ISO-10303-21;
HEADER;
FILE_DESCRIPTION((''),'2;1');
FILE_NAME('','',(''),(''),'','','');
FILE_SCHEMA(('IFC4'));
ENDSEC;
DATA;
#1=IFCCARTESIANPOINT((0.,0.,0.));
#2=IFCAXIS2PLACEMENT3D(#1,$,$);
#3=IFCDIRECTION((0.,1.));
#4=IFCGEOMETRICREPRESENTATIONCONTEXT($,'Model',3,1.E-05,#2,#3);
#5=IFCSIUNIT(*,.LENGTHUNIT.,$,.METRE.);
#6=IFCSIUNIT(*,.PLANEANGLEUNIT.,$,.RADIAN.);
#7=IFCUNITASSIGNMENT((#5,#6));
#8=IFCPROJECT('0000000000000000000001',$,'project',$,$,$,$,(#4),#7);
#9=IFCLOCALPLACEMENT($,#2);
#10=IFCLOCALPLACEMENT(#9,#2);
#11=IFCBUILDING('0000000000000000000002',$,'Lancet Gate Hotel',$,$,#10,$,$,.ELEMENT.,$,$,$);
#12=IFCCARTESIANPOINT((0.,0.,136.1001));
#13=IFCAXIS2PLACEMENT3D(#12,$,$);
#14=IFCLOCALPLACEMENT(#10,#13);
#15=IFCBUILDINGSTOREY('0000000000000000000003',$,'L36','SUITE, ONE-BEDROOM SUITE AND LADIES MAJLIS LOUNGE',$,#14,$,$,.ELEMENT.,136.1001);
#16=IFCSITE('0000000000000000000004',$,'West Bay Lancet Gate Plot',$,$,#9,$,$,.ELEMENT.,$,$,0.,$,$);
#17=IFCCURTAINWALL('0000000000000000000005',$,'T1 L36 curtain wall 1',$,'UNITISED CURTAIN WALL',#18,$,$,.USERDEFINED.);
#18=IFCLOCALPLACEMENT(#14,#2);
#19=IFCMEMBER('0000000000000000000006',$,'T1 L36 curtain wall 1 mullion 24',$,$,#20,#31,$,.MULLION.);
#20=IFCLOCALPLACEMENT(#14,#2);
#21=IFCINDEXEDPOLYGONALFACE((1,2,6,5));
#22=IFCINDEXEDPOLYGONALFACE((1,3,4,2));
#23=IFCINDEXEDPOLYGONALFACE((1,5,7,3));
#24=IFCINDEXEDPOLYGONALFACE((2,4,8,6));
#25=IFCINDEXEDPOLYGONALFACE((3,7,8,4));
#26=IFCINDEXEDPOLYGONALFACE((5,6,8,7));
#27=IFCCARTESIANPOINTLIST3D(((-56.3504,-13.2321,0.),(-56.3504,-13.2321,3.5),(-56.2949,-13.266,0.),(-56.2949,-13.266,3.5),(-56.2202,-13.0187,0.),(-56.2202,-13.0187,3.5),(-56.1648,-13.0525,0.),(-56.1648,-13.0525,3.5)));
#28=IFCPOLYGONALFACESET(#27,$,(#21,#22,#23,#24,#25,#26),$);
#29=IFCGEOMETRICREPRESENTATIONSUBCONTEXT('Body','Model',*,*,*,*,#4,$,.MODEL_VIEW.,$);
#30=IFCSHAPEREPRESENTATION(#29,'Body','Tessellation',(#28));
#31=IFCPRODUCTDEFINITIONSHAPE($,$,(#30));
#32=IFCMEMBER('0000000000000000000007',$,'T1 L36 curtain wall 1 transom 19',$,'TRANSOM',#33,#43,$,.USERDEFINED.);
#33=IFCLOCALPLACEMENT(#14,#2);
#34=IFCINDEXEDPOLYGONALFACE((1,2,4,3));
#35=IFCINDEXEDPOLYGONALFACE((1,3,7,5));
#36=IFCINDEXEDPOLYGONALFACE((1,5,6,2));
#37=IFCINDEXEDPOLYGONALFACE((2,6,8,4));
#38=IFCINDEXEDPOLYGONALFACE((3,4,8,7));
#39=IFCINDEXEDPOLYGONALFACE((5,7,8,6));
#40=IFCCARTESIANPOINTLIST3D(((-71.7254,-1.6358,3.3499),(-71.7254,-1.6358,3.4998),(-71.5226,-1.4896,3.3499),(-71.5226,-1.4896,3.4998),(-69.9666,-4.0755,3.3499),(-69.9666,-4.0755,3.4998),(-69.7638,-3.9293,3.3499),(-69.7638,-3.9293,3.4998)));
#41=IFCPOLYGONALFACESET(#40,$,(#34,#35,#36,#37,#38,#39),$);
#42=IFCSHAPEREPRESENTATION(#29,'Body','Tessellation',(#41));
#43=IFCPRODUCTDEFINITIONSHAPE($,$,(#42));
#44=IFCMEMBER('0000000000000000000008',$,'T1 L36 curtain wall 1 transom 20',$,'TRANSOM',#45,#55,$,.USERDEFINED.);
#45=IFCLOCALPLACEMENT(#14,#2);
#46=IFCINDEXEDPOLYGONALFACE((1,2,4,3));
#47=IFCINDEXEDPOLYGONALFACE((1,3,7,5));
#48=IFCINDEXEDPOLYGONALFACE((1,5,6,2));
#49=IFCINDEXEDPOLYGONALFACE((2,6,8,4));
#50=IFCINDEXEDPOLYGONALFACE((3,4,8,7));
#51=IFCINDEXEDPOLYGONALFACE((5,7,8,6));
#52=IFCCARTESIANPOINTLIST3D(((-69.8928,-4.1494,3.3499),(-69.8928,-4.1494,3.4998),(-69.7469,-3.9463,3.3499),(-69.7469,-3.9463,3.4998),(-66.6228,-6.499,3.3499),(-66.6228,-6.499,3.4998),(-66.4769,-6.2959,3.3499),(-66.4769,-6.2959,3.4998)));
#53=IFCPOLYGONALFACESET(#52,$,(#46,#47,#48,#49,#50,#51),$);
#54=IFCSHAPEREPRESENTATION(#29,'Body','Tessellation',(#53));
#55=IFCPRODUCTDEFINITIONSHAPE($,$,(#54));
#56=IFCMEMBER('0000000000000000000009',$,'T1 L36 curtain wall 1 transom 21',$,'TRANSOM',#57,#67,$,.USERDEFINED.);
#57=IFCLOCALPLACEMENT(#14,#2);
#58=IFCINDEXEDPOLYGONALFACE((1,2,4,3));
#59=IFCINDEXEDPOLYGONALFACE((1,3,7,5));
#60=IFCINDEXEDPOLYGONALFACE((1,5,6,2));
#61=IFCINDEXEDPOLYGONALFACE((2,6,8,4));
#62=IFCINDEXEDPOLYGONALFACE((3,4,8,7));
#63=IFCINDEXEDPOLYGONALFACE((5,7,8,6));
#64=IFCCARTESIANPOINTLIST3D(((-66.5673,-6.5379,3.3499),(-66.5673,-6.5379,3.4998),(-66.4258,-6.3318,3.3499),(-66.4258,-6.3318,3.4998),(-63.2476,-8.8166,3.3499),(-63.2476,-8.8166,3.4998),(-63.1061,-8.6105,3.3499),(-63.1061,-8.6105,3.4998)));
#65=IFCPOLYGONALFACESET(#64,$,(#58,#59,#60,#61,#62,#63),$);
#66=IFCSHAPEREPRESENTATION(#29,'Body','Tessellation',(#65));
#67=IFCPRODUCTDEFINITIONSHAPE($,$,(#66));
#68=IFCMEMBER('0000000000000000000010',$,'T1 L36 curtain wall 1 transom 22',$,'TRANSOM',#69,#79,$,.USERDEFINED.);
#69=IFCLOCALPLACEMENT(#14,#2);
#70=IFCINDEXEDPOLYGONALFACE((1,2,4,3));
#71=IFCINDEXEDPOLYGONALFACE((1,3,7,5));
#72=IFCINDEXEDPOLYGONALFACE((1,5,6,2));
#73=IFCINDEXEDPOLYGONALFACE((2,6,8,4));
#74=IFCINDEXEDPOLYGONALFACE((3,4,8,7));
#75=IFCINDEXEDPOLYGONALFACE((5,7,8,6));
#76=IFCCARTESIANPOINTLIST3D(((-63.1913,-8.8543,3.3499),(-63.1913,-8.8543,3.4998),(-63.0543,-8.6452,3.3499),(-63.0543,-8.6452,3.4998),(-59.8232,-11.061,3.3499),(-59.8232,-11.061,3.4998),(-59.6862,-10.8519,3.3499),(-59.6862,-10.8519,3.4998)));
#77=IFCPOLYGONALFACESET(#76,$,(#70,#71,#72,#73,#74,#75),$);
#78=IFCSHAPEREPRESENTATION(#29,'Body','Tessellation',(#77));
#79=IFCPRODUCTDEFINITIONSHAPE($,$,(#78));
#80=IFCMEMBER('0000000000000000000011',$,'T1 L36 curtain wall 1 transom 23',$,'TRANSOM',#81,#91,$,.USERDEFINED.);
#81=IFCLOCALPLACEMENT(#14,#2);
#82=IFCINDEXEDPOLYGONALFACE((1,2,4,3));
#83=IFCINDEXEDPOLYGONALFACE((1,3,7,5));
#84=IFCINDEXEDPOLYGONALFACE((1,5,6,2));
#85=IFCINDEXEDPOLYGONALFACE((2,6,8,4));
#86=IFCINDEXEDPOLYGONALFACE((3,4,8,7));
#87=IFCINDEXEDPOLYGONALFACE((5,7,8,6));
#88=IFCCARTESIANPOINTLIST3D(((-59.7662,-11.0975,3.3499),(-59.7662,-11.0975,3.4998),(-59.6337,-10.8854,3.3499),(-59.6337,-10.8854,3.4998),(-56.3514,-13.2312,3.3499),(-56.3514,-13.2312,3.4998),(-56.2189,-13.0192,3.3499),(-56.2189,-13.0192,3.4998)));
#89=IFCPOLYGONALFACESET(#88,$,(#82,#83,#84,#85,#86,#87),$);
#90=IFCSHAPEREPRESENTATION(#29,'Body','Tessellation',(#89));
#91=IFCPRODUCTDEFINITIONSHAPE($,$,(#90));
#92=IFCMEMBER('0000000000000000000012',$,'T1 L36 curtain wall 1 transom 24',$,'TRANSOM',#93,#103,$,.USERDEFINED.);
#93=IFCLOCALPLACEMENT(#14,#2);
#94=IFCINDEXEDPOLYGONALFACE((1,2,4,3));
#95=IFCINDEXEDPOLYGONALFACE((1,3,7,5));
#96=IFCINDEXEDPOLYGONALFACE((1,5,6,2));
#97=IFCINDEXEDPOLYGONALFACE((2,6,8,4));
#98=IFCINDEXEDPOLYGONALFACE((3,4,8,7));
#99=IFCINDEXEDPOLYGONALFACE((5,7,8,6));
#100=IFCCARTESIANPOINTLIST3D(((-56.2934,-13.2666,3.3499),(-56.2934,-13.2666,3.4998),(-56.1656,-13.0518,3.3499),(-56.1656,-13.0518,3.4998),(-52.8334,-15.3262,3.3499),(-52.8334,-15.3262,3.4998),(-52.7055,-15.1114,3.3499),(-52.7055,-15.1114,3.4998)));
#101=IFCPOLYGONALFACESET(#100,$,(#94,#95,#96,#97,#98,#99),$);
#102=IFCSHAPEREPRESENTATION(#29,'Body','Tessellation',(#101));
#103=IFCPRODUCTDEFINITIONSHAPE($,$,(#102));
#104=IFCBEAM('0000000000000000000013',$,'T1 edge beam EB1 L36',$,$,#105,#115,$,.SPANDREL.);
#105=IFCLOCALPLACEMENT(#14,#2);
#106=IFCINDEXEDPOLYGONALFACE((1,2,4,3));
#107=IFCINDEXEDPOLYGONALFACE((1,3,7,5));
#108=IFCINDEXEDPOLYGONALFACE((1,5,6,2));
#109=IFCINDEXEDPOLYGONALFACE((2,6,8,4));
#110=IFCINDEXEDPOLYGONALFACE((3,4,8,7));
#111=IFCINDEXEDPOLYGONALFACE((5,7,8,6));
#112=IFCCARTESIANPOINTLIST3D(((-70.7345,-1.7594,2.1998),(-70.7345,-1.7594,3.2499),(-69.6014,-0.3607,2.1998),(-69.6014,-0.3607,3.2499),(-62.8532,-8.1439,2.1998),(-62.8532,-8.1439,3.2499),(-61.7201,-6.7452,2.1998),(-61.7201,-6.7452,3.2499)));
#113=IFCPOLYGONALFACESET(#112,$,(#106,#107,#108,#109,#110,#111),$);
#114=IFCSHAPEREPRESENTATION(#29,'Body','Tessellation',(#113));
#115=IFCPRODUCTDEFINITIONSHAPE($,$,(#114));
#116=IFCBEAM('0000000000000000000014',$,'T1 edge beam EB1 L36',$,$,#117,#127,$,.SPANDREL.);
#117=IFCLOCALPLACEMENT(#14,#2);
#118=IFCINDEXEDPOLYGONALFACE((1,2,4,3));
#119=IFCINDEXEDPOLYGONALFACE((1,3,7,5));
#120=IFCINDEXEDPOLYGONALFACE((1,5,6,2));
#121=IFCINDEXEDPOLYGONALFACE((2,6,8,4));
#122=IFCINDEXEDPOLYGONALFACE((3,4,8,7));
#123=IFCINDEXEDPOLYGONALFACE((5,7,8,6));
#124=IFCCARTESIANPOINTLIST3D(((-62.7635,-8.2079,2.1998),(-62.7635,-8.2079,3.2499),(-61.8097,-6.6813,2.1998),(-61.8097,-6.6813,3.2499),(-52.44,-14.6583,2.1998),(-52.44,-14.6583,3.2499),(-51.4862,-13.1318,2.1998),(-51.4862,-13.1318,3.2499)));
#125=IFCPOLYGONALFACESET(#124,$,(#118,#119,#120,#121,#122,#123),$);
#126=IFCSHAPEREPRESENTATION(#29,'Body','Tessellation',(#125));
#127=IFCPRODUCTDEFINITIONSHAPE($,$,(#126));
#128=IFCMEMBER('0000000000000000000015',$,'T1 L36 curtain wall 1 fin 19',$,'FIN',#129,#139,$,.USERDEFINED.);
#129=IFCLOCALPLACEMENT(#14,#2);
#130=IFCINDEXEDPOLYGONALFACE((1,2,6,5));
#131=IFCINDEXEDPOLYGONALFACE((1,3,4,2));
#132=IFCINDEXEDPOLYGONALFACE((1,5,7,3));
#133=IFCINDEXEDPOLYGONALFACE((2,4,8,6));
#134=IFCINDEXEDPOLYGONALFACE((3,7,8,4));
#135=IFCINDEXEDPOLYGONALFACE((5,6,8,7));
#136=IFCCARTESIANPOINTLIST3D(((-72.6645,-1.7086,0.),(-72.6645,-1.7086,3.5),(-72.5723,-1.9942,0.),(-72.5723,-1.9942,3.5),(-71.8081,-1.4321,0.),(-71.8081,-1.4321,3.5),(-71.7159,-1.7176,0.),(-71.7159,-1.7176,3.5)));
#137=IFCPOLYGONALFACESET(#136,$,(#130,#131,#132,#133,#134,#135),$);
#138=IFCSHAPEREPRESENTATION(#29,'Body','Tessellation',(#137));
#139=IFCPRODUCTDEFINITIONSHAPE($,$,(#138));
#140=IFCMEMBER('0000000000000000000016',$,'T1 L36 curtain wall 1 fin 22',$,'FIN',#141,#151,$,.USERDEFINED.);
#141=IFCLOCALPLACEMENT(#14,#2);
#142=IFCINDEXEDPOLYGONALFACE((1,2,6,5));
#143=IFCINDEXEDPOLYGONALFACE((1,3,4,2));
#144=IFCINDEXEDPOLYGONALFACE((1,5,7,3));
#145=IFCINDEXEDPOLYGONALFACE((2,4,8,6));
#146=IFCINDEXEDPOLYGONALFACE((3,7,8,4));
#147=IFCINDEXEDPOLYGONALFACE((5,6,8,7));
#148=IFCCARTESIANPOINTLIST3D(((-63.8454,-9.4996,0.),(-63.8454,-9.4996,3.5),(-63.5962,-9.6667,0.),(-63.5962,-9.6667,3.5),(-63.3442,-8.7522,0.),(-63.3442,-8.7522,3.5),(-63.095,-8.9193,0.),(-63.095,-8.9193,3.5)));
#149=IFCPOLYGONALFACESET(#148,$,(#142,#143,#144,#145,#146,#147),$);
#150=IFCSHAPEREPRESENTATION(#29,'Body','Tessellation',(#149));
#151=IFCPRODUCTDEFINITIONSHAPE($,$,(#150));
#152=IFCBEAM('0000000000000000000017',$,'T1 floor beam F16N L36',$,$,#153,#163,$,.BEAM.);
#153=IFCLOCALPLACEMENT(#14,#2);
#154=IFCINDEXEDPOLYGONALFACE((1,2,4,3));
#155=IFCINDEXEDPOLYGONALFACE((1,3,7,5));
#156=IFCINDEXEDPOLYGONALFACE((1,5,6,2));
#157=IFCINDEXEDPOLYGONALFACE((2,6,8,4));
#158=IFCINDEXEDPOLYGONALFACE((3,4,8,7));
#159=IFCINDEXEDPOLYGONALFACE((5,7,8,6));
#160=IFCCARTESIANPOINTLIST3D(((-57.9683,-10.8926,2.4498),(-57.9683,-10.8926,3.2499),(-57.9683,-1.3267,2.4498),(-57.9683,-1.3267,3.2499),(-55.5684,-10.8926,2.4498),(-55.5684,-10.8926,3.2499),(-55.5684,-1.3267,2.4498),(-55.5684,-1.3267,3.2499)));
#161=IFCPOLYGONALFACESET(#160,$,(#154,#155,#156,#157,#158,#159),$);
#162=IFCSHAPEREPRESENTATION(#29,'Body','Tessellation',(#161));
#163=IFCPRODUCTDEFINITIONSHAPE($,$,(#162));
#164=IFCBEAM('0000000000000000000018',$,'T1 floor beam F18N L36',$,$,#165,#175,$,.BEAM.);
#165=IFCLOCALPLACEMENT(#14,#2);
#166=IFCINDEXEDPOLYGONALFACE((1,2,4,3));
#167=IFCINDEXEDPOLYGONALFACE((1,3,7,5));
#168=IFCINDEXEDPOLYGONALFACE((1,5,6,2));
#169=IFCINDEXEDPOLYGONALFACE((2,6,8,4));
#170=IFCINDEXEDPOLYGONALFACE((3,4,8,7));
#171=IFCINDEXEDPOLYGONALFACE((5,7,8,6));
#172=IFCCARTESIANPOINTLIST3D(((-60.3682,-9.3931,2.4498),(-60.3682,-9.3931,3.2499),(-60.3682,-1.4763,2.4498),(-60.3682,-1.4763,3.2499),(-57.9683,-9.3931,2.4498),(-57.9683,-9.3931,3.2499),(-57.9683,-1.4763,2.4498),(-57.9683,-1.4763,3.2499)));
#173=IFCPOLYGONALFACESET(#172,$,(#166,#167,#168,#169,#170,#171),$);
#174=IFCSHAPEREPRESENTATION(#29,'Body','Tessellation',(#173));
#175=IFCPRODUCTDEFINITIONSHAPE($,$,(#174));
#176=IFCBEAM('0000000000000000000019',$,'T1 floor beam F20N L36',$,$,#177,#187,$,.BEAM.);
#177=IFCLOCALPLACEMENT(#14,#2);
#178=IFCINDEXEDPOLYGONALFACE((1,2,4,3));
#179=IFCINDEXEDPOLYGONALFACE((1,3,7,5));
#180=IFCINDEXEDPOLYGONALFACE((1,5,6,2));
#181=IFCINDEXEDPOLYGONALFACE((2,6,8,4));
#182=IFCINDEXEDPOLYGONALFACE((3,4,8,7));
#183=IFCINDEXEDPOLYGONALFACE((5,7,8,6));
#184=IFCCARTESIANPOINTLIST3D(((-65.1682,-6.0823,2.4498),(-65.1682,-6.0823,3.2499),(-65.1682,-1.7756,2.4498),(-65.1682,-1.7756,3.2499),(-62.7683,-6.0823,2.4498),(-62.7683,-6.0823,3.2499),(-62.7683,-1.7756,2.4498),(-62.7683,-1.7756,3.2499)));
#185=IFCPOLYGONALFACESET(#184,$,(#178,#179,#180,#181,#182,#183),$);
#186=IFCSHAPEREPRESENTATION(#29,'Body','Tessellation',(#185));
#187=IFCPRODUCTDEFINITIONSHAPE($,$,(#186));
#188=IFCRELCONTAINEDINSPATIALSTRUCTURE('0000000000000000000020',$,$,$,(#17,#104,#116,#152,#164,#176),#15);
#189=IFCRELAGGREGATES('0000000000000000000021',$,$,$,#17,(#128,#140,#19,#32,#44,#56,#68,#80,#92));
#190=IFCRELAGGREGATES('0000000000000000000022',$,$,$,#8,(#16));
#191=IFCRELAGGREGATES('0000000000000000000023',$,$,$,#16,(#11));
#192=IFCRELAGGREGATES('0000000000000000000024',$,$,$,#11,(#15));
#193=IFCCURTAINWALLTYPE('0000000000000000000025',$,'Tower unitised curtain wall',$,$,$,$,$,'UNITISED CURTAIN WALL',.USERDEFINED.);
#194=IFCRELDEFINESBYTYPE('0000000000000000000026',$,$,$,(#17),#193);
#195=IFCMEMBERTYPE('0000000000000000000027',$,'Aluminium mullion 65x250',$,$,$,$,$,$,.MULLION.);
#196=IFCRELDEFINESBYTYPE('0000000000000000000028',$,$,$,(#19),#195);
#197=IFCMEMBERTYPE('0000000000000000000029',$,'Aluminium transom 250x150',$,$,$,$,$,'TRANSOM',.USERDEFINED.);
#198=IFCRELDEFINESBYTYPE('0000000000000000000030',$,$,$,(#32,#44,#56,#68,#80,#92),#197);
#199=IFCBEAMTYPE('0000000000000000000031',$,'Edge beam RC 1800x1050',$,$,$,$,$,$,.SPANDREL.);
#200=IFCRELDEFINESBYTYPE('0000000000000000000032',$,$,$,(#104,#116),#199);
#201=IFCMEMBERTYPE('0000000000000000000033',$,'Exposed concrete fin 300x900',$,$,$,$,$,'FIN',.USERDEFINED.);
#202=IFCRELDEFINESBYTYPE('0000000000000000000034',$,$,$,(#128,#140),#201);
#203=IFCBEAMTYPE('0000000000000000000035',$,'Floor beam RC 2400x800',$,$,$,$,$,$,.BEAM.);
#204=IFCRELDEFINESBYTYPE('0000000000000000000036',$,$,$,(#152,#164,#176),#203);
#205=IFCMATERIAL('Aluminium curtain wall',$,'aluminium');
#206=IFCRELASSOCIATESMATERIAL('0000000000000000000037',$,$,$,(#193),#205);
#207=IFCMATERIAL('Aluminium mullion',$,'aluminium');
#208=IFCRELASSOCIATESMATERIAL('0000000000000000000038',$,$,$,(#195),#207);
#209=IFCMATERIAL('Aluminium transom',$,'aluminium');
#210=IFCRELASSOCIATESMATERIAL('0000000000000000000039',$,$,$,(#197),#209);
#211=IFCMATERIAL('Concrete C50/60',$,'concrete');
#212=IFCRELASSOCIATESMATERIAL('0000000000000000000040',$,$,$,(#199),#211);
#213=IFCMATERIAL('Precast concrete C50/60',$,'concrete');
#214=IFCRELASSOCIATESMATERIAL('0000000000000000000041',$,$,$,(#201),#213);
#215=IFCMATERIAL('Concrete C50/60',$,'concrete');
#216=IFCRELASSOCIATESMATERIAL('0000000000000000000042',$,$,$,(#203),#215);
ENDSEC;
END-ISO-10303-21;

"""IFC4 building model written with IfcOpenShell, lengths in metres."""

from ifc_helpers import new_model, si_unit, direction, frame, origin, origin_2d, place, context, subcontext, project, spatial, rectangle, extrude, material, material_profile, profile_set, type_object, element, aggregate, save


model = new_model("IFC4")

# Units and contexts
model_context = context("Model", 3, precision=1e-05, world=origin(), true_north=direction((0.0, 1.0)))
body_context = subcontext(model_context, "Body", "Model", "MODEL_VIEW")
ifc_project = project(units=[si_unit("LENGTHUNIT", "METRE"), si_unit("PLANEANGLEUNIT", "RADIAN")], contexts=[model_context])

# Site, building, storey
site_placement = place(None, origin())
site = spatial("IfcSite", under=ifc_project, at=site_placement, Name="West Bay Lancet Gate Plot", CompositionType="ELEMENT", RefElevation=0.0)
building_placement = place(site_placement, origin())
building = spatial("IfcBuilding", under=site, at=building_placement, Name="Lancet Gate Hotel", CompositionType="ELEMENT")
storey_placement = place(building_placement, frame((0.0, 0.0, 136.1001)))
storey = spatial("IfcBuildingStorey", under=building, at=storey_placement, Name="L36", Description="SUITE, ONE-BEDROOM SUITE AND LADIES MAJLIS LOUNGE", CompositionType="ELEMENT", Elevation=136.1001)

# Curtain wall, members
ifc_material_1 = material(Name="Aluminium curtain wall", Category="aluminium")
curtain_wall_type = type_object("IfcCurtainWallType", Name="Tower unitised curtain wall", ElementType="UNITISED CURTAIN WALL", PredefinedType="USERDEFINED", material=ifc_material_1)
curtain_wall_placement = place(storey_placement, origin())
curtain_wall = element("IfcCurtainWall", 1, at=curtain_wall_placement, inside=storey, type_object=curtain_wall_type, Name="T1 L36 curtain wall 1", ObjectType="UNITISED CURTAIN WALL", PredefinedType="USERDEFINED")
ifc_material_2 = material(Name="Aluminium mullion", Category="aluminium")
ifc_material_profile_1 = material_profile(ifc_material_2, rectangle(XDim=0.0649, YDim=0.25, at=origin_2d()), Name="MULLION 65x250")
ifc_profile_set_1 = profile_set([ifc_material_profile_1], Name="Aluminium mullion")
member_type_1 = type_object("IfcMemberType", Name="Aluminium mullion 65x250", PredefinedType="MULLION", material=ifc_profile_set_1)
member_1_placement = place(storey_placement, frame((-56.2576, -13.1423, 0.0), z_axis=(0.0, 0.0, 1.0), x_axis=(0.853716, -0.520739, 0.0)))
member_1 = element("IfcMember", 2, at=member_1_placement, type_object=member_type_1, Name="T1 L36 curtain wall 1 mullion 24", PredefinedType="MULLION", context=body_context, shape_type="SweptSolid", body=[
    extrude(rectangle(XDim=0.0649, YDim=0.25, at=origin_2d()), origin(), (0.0, 0.0, 1.0), 3.5),
])
ifc_material_3 = material(Name="Aluminium transom", Category="aluminium")
ifc_material_profile_2 = material_profile(ifc_material_3, rectangle(XDim=0.25, YDim=0.1499, at=origin_2d()), Name="TRANSOM 250x150")
ifc_profile_set_2 = profile_set([ifc_material_profile_2], Name="Aluminium transom")
member_type_2 = type_object("IfcMemberType", Name="Aluminium transom 250x150", ElementType="TRANSOM", PredefinedType="USERDEFINED", material=ifc_profile_set_2)
member_2_placement = place(storey_placement, frame((-71.624, -1.5627, 3.4248), z_axis=(0.584788, -0.811186, 0.0), x_axis=(0.811186, 0.584788, 0.0)))
member_2 = element("IfcMember", 3, at=member_2_placement, type_object=member_type_2, Name="T1 L36 curtain wall 1 transom 19", ObjectType="TRANSOM", PredefinedType="USERDEFINED", context=body_context, shape_type="SweptSolid", body=[
    extrude(rectangle(XDim=0.25, YDim=0.1499, at=origin_2d()), origin(), (0.0, 0.0, 1.0), 3.0076),
])
member_3_placement = place(storey_placement, frame((-69.8198, -4.0479, 3.4248), z_axis=(0.8121, -0.583519, 0.0), x_axis=(0.583519, 0.8121, 0.0)))
member_3 = element("IfcMember", 4, at=member_3_placement, type_object=member_type_2, Name="T1 L36 curtain wall 1 transom 20", ObjectType="TRANSOM", PredefinedType="USERDEFINED", context=body_context, shape_type="SweptSolid", body=[
    extrude(rectangle(XDim=0.25, YDim=0.1499, at=origin_2d()), origin(), (0.0, 0.0, 1.0), 4.0266),
])
member_4_placement = place(storey_placement, frame((-66.4966, -6.4348, 3.4248), z_axis=(0.824456, -0.565927, 0.0), x_axis=(0.565927, 0.824456, 0.0)))
member_4 = element("IfcMember", 5, at=member_4_placement, type_object=member_type_2, Name="T1 L36 curtain wall 1 transom 21", ObjectType="TRANSOM", PredefinedType="USERDEFINED", context=body_context, shape_type="SweptSolid", body=[
    extrude(rectangle(XDim=0.25, YDim=0.1499, at=origin_2d()), origin(), (0.0, 0.0, 1.0), 4.0266),
])
member_5_placement = place(storey_placement, frame((-63.1228, -8.7498, 3.4248), z_axis=(0.836454, -0.548036, 0.0), x_axis=(0.548036, 0.836454, 0.0)))
member_5 = element("IfcMember", 6, at=member_5_placement, type_object=member_type_2, Name="T1 L36 curtain wall 1 transom 22", ObjectType="TRANSOM", PredefinedType="USERDEFINED", context=body_context, shape_type="SweptSolid", body=[
    extrude(rectangle(XDim=0.25, YDim=0.1499, at=origin_2d()), origin(), (0.0, 0.0, 1.0), 4.0266),
])
member_6_placement = place(storey_placement, frame((-59.7, -10.9915, 3.4248), z_axis=(0.848049, -0.529917, 0.0), x_axis=(0.529917, 0.848049, 0.0)))
member_6 = element("IfcMember", 7, at=member_6_placement, type_object=member_type_2, Name="T1 L36 curtain wall 1 transom 23", ObjectType="TRANSOM", PredefinedType="USERDEFINED", context=body_context, shape_type="SweptSolid", body=[
    extrude(rectangle(XDim=0.25, YDim=0.1499, at=origin_2d()), origin(), (0.0, 0.0, 1.0), 4.0266),
])
member_7_placement = place(storey_placement, frame((-56.2295, -13.1592, 3.4248), z_axis=(0.859285, -0.511497, 0.0), x_axis=(0.511497, 0.859285, 0.0)))
member_7 = element("IfcMember", 8, at=member_7_placement, type_object=member_type_2, Name="T1 L36 curtain wall 1 transom 24", ObjectType="TRANSOM", PredefinedType="USERDEFINED", context=body_context, shape_type="SweptSolid", body=[
    extrude(rectangle(XDim=0.25, YDim=0.1499, at=origin_2d()), origin(), (0.0, 0.0, 1.0), 4.0266),
])

# Beams
ifc_material_4 = material(Name="Concrete C50/60", Category="concrete")
ifc_material_profile_3 = material_profile(ifc_material_4, rectangle(XDim=1.8, YDim=1.05, at=origin_2d()), Name="RC 1800x1050")
ifc_profile_set_3 = profile_set([ifc_material_profile_3], Name="Concrete C50/60")
beam_type_1 = type_object("IfcBeamType", Name="Edge beam RC 1800x1050", PredefinedType="SPANDREL", material=ifc_profile_set_3)
beam_1_placement = place(storey_placement, frame((-70.168, -1.0601, 2.7249), z_axis=(0.777034, -0.629459, 0.0), x_axis=(0.629459, 0.777034, 0.0)))
element("IfcBeam", 9, at=beam_1_placement, inside=storey, type_object=beam_type_1, Name="T1 edge beam EB1 L36", PredefinedType="SPANDREL", context=body_context, shape_type="SweptSolid", body=[
    extrude(rectangle(XDim=1.8, YDim=1.05, at=origin_2d()), origin(), (0.0, 0.0, 1.0), 10.1428),
])
beam_2_placement = place(storey_placement, frame((-62.2866, -7.4446, 2.7249), z_axis=(0.848063, -0.529896, 0.0), x_axis=(0.529896, 0.848063, 0.0)))
element("IfcBeam", 10, at=beam_2_placement, inside=storey, type_object=beam_type_1, Name="T1 edge beam EB1 L36", PredefinedType="SPANDREL", context=body_context, shape_type="SweptSolid", body=[
    extrude(rectangle(XDim=1.8, YDim=1.05, at=origin_2d()), origin(), (0.0, 0.0, 1.0), 12.1731),
])

# Members
ifc_material_5 = material(Name="Precast concrete C50/60", Category="concrete")
ifc_material_profile_4 = material_profile(ifc_material_5, rectangle(XDim=0.3, YDim=0.8999, at=origin_2d()), Name="FIN 300x900")
ifc_profile_set_4 = profile_set([ifc_material_profile_4], Name="Precast concrete C50/60")
member_type_3 = type_object("IfcMemberType", Name="Exposed concrete fin 300x900", ElementType="FIN", PredefinedType="USERDEFINED", material=ifc_profile_set_4)
member_8_placement = place(storey_placement, frame((-72.1902, -1.7131, 0.0), z_axis=(0.0, 0.0, 1.0), x_axis=(0.307269, -0.951623, 0.0)))
member_8 = element("IfcMember", 11, at=member_8_placement, type_object=member_type_3, Name="T1 L36 curtain wall 1 fin 19", ObjectType="FIN", PredefinedType="USERDEFINED", context=body_context, shape_type="SweptSolid", body=[
    extrude(rectangle(XDim=0.3, YDim=0.8999, at=origin_2d()), origin(), (0.0, 0.0, 1.0), 3.5),
])
member_9_placement = place(storey_placement, frame((-63.4702, -9.2095, 0.0), z_axis=(0.0, 0.0, 1.0), x_axis=(0.83051, -0.557004, 0.0)))
member_9 = element("IfcMember", 12, at=member_9_placement, type_object=member_type_3, Name="T1 L36 curtain wall 1 fin 22", ObjectType="FIN", PredefinedType="USERDEFINED", context=body_context, shape_type="SweptSolid", body=[
    extrude(rectangle(XDim=0.3, YDim=0.8999, at=origin_2d()), origin(), (0.0, 0.0, 1.0), 3.5),
])

# Beams
ifc_material_6 = material(Name="Concrete C50/60", Category="concrete")
ifc_material_profile_5 = material_profile(ifc_material_6, rectangle(XDim=2.3999, YDim=0.8, at=origin_2d()), Name="RC 2400x800")
ifc_profile_set_5 = profile_set([ifc_material_profile_5], Name="Concrete C50/60")
beam_type_2 = type_object("IfcBeamType", Name="Floor beam RC 2400x800", PredefinedType="BEAM", material=ifc_profile_set_5)
beam_3_placement = place(storey_placement, frame((-56.7683, -1.3267, 2.8499), z_axis=(0.0, -1.0, 0.0), x_axis=(1.0, 0.0, 0.0)))
element("IfcBeam", 13, at=beam_3_placement, inside=storey, type_object=beam_type_2, Name="T1 floor beam F16N L36", PredefinedType="BEAM", context=body_context, shape_type="SweptSolid", body=[
    extrude(rectangle(XDim=2.3999, YDim=0.8, at=origin_2d()), origin(), (0.0, 0.0, 1.0), 9.5659),
])
beam_4_placement = place(storey_placement, frame((-59.1682, -1.4763, 2.8499), z_axis=(0.0, -1.0, 0.0), x_axis=(1.0, 0.0, 0.0)))
element("IfcBeam", 14, at=beam_4_placement, inside=storey, type_object=beam_type_2, Name="T1 floor beam F18N L36", PredefinedType="BEAM", context=body_context, shape_type="SweptSolid", body=[
    extrude(rectangle(XDim=2.3999, YDim=0.8, at=origin_2d()), origin(), (0.0, 0.0, 1.0), 7.9167),
])
beam_5_placement = place(storey_placement, frame((-63.9683, -1.7756, 2.8499), z_axis=(0.0, -1.0, 0.0), x_axis=(1.0, 0.0, 0.0)))
element("IfcBeam", 15, at=beam_5_placement, inside=storey, type_object=beam_type_2, Name="T1 floor beam F20N L36", PredefinedType="BEAM", context=body_context, shape_type="SweptSolid", body=[
    extrude(rectangle(XDim=2.3999, YDim=0.8, at=origin_2d()), origin(), (0.0, 0.0, 1.0), 4.3066),
])

aggregate(curtain_wall, [member_8, member_9, member_1, member_2, member_3, member_4, member_5, member_6, member_7])

save(model, "model.ifc")
